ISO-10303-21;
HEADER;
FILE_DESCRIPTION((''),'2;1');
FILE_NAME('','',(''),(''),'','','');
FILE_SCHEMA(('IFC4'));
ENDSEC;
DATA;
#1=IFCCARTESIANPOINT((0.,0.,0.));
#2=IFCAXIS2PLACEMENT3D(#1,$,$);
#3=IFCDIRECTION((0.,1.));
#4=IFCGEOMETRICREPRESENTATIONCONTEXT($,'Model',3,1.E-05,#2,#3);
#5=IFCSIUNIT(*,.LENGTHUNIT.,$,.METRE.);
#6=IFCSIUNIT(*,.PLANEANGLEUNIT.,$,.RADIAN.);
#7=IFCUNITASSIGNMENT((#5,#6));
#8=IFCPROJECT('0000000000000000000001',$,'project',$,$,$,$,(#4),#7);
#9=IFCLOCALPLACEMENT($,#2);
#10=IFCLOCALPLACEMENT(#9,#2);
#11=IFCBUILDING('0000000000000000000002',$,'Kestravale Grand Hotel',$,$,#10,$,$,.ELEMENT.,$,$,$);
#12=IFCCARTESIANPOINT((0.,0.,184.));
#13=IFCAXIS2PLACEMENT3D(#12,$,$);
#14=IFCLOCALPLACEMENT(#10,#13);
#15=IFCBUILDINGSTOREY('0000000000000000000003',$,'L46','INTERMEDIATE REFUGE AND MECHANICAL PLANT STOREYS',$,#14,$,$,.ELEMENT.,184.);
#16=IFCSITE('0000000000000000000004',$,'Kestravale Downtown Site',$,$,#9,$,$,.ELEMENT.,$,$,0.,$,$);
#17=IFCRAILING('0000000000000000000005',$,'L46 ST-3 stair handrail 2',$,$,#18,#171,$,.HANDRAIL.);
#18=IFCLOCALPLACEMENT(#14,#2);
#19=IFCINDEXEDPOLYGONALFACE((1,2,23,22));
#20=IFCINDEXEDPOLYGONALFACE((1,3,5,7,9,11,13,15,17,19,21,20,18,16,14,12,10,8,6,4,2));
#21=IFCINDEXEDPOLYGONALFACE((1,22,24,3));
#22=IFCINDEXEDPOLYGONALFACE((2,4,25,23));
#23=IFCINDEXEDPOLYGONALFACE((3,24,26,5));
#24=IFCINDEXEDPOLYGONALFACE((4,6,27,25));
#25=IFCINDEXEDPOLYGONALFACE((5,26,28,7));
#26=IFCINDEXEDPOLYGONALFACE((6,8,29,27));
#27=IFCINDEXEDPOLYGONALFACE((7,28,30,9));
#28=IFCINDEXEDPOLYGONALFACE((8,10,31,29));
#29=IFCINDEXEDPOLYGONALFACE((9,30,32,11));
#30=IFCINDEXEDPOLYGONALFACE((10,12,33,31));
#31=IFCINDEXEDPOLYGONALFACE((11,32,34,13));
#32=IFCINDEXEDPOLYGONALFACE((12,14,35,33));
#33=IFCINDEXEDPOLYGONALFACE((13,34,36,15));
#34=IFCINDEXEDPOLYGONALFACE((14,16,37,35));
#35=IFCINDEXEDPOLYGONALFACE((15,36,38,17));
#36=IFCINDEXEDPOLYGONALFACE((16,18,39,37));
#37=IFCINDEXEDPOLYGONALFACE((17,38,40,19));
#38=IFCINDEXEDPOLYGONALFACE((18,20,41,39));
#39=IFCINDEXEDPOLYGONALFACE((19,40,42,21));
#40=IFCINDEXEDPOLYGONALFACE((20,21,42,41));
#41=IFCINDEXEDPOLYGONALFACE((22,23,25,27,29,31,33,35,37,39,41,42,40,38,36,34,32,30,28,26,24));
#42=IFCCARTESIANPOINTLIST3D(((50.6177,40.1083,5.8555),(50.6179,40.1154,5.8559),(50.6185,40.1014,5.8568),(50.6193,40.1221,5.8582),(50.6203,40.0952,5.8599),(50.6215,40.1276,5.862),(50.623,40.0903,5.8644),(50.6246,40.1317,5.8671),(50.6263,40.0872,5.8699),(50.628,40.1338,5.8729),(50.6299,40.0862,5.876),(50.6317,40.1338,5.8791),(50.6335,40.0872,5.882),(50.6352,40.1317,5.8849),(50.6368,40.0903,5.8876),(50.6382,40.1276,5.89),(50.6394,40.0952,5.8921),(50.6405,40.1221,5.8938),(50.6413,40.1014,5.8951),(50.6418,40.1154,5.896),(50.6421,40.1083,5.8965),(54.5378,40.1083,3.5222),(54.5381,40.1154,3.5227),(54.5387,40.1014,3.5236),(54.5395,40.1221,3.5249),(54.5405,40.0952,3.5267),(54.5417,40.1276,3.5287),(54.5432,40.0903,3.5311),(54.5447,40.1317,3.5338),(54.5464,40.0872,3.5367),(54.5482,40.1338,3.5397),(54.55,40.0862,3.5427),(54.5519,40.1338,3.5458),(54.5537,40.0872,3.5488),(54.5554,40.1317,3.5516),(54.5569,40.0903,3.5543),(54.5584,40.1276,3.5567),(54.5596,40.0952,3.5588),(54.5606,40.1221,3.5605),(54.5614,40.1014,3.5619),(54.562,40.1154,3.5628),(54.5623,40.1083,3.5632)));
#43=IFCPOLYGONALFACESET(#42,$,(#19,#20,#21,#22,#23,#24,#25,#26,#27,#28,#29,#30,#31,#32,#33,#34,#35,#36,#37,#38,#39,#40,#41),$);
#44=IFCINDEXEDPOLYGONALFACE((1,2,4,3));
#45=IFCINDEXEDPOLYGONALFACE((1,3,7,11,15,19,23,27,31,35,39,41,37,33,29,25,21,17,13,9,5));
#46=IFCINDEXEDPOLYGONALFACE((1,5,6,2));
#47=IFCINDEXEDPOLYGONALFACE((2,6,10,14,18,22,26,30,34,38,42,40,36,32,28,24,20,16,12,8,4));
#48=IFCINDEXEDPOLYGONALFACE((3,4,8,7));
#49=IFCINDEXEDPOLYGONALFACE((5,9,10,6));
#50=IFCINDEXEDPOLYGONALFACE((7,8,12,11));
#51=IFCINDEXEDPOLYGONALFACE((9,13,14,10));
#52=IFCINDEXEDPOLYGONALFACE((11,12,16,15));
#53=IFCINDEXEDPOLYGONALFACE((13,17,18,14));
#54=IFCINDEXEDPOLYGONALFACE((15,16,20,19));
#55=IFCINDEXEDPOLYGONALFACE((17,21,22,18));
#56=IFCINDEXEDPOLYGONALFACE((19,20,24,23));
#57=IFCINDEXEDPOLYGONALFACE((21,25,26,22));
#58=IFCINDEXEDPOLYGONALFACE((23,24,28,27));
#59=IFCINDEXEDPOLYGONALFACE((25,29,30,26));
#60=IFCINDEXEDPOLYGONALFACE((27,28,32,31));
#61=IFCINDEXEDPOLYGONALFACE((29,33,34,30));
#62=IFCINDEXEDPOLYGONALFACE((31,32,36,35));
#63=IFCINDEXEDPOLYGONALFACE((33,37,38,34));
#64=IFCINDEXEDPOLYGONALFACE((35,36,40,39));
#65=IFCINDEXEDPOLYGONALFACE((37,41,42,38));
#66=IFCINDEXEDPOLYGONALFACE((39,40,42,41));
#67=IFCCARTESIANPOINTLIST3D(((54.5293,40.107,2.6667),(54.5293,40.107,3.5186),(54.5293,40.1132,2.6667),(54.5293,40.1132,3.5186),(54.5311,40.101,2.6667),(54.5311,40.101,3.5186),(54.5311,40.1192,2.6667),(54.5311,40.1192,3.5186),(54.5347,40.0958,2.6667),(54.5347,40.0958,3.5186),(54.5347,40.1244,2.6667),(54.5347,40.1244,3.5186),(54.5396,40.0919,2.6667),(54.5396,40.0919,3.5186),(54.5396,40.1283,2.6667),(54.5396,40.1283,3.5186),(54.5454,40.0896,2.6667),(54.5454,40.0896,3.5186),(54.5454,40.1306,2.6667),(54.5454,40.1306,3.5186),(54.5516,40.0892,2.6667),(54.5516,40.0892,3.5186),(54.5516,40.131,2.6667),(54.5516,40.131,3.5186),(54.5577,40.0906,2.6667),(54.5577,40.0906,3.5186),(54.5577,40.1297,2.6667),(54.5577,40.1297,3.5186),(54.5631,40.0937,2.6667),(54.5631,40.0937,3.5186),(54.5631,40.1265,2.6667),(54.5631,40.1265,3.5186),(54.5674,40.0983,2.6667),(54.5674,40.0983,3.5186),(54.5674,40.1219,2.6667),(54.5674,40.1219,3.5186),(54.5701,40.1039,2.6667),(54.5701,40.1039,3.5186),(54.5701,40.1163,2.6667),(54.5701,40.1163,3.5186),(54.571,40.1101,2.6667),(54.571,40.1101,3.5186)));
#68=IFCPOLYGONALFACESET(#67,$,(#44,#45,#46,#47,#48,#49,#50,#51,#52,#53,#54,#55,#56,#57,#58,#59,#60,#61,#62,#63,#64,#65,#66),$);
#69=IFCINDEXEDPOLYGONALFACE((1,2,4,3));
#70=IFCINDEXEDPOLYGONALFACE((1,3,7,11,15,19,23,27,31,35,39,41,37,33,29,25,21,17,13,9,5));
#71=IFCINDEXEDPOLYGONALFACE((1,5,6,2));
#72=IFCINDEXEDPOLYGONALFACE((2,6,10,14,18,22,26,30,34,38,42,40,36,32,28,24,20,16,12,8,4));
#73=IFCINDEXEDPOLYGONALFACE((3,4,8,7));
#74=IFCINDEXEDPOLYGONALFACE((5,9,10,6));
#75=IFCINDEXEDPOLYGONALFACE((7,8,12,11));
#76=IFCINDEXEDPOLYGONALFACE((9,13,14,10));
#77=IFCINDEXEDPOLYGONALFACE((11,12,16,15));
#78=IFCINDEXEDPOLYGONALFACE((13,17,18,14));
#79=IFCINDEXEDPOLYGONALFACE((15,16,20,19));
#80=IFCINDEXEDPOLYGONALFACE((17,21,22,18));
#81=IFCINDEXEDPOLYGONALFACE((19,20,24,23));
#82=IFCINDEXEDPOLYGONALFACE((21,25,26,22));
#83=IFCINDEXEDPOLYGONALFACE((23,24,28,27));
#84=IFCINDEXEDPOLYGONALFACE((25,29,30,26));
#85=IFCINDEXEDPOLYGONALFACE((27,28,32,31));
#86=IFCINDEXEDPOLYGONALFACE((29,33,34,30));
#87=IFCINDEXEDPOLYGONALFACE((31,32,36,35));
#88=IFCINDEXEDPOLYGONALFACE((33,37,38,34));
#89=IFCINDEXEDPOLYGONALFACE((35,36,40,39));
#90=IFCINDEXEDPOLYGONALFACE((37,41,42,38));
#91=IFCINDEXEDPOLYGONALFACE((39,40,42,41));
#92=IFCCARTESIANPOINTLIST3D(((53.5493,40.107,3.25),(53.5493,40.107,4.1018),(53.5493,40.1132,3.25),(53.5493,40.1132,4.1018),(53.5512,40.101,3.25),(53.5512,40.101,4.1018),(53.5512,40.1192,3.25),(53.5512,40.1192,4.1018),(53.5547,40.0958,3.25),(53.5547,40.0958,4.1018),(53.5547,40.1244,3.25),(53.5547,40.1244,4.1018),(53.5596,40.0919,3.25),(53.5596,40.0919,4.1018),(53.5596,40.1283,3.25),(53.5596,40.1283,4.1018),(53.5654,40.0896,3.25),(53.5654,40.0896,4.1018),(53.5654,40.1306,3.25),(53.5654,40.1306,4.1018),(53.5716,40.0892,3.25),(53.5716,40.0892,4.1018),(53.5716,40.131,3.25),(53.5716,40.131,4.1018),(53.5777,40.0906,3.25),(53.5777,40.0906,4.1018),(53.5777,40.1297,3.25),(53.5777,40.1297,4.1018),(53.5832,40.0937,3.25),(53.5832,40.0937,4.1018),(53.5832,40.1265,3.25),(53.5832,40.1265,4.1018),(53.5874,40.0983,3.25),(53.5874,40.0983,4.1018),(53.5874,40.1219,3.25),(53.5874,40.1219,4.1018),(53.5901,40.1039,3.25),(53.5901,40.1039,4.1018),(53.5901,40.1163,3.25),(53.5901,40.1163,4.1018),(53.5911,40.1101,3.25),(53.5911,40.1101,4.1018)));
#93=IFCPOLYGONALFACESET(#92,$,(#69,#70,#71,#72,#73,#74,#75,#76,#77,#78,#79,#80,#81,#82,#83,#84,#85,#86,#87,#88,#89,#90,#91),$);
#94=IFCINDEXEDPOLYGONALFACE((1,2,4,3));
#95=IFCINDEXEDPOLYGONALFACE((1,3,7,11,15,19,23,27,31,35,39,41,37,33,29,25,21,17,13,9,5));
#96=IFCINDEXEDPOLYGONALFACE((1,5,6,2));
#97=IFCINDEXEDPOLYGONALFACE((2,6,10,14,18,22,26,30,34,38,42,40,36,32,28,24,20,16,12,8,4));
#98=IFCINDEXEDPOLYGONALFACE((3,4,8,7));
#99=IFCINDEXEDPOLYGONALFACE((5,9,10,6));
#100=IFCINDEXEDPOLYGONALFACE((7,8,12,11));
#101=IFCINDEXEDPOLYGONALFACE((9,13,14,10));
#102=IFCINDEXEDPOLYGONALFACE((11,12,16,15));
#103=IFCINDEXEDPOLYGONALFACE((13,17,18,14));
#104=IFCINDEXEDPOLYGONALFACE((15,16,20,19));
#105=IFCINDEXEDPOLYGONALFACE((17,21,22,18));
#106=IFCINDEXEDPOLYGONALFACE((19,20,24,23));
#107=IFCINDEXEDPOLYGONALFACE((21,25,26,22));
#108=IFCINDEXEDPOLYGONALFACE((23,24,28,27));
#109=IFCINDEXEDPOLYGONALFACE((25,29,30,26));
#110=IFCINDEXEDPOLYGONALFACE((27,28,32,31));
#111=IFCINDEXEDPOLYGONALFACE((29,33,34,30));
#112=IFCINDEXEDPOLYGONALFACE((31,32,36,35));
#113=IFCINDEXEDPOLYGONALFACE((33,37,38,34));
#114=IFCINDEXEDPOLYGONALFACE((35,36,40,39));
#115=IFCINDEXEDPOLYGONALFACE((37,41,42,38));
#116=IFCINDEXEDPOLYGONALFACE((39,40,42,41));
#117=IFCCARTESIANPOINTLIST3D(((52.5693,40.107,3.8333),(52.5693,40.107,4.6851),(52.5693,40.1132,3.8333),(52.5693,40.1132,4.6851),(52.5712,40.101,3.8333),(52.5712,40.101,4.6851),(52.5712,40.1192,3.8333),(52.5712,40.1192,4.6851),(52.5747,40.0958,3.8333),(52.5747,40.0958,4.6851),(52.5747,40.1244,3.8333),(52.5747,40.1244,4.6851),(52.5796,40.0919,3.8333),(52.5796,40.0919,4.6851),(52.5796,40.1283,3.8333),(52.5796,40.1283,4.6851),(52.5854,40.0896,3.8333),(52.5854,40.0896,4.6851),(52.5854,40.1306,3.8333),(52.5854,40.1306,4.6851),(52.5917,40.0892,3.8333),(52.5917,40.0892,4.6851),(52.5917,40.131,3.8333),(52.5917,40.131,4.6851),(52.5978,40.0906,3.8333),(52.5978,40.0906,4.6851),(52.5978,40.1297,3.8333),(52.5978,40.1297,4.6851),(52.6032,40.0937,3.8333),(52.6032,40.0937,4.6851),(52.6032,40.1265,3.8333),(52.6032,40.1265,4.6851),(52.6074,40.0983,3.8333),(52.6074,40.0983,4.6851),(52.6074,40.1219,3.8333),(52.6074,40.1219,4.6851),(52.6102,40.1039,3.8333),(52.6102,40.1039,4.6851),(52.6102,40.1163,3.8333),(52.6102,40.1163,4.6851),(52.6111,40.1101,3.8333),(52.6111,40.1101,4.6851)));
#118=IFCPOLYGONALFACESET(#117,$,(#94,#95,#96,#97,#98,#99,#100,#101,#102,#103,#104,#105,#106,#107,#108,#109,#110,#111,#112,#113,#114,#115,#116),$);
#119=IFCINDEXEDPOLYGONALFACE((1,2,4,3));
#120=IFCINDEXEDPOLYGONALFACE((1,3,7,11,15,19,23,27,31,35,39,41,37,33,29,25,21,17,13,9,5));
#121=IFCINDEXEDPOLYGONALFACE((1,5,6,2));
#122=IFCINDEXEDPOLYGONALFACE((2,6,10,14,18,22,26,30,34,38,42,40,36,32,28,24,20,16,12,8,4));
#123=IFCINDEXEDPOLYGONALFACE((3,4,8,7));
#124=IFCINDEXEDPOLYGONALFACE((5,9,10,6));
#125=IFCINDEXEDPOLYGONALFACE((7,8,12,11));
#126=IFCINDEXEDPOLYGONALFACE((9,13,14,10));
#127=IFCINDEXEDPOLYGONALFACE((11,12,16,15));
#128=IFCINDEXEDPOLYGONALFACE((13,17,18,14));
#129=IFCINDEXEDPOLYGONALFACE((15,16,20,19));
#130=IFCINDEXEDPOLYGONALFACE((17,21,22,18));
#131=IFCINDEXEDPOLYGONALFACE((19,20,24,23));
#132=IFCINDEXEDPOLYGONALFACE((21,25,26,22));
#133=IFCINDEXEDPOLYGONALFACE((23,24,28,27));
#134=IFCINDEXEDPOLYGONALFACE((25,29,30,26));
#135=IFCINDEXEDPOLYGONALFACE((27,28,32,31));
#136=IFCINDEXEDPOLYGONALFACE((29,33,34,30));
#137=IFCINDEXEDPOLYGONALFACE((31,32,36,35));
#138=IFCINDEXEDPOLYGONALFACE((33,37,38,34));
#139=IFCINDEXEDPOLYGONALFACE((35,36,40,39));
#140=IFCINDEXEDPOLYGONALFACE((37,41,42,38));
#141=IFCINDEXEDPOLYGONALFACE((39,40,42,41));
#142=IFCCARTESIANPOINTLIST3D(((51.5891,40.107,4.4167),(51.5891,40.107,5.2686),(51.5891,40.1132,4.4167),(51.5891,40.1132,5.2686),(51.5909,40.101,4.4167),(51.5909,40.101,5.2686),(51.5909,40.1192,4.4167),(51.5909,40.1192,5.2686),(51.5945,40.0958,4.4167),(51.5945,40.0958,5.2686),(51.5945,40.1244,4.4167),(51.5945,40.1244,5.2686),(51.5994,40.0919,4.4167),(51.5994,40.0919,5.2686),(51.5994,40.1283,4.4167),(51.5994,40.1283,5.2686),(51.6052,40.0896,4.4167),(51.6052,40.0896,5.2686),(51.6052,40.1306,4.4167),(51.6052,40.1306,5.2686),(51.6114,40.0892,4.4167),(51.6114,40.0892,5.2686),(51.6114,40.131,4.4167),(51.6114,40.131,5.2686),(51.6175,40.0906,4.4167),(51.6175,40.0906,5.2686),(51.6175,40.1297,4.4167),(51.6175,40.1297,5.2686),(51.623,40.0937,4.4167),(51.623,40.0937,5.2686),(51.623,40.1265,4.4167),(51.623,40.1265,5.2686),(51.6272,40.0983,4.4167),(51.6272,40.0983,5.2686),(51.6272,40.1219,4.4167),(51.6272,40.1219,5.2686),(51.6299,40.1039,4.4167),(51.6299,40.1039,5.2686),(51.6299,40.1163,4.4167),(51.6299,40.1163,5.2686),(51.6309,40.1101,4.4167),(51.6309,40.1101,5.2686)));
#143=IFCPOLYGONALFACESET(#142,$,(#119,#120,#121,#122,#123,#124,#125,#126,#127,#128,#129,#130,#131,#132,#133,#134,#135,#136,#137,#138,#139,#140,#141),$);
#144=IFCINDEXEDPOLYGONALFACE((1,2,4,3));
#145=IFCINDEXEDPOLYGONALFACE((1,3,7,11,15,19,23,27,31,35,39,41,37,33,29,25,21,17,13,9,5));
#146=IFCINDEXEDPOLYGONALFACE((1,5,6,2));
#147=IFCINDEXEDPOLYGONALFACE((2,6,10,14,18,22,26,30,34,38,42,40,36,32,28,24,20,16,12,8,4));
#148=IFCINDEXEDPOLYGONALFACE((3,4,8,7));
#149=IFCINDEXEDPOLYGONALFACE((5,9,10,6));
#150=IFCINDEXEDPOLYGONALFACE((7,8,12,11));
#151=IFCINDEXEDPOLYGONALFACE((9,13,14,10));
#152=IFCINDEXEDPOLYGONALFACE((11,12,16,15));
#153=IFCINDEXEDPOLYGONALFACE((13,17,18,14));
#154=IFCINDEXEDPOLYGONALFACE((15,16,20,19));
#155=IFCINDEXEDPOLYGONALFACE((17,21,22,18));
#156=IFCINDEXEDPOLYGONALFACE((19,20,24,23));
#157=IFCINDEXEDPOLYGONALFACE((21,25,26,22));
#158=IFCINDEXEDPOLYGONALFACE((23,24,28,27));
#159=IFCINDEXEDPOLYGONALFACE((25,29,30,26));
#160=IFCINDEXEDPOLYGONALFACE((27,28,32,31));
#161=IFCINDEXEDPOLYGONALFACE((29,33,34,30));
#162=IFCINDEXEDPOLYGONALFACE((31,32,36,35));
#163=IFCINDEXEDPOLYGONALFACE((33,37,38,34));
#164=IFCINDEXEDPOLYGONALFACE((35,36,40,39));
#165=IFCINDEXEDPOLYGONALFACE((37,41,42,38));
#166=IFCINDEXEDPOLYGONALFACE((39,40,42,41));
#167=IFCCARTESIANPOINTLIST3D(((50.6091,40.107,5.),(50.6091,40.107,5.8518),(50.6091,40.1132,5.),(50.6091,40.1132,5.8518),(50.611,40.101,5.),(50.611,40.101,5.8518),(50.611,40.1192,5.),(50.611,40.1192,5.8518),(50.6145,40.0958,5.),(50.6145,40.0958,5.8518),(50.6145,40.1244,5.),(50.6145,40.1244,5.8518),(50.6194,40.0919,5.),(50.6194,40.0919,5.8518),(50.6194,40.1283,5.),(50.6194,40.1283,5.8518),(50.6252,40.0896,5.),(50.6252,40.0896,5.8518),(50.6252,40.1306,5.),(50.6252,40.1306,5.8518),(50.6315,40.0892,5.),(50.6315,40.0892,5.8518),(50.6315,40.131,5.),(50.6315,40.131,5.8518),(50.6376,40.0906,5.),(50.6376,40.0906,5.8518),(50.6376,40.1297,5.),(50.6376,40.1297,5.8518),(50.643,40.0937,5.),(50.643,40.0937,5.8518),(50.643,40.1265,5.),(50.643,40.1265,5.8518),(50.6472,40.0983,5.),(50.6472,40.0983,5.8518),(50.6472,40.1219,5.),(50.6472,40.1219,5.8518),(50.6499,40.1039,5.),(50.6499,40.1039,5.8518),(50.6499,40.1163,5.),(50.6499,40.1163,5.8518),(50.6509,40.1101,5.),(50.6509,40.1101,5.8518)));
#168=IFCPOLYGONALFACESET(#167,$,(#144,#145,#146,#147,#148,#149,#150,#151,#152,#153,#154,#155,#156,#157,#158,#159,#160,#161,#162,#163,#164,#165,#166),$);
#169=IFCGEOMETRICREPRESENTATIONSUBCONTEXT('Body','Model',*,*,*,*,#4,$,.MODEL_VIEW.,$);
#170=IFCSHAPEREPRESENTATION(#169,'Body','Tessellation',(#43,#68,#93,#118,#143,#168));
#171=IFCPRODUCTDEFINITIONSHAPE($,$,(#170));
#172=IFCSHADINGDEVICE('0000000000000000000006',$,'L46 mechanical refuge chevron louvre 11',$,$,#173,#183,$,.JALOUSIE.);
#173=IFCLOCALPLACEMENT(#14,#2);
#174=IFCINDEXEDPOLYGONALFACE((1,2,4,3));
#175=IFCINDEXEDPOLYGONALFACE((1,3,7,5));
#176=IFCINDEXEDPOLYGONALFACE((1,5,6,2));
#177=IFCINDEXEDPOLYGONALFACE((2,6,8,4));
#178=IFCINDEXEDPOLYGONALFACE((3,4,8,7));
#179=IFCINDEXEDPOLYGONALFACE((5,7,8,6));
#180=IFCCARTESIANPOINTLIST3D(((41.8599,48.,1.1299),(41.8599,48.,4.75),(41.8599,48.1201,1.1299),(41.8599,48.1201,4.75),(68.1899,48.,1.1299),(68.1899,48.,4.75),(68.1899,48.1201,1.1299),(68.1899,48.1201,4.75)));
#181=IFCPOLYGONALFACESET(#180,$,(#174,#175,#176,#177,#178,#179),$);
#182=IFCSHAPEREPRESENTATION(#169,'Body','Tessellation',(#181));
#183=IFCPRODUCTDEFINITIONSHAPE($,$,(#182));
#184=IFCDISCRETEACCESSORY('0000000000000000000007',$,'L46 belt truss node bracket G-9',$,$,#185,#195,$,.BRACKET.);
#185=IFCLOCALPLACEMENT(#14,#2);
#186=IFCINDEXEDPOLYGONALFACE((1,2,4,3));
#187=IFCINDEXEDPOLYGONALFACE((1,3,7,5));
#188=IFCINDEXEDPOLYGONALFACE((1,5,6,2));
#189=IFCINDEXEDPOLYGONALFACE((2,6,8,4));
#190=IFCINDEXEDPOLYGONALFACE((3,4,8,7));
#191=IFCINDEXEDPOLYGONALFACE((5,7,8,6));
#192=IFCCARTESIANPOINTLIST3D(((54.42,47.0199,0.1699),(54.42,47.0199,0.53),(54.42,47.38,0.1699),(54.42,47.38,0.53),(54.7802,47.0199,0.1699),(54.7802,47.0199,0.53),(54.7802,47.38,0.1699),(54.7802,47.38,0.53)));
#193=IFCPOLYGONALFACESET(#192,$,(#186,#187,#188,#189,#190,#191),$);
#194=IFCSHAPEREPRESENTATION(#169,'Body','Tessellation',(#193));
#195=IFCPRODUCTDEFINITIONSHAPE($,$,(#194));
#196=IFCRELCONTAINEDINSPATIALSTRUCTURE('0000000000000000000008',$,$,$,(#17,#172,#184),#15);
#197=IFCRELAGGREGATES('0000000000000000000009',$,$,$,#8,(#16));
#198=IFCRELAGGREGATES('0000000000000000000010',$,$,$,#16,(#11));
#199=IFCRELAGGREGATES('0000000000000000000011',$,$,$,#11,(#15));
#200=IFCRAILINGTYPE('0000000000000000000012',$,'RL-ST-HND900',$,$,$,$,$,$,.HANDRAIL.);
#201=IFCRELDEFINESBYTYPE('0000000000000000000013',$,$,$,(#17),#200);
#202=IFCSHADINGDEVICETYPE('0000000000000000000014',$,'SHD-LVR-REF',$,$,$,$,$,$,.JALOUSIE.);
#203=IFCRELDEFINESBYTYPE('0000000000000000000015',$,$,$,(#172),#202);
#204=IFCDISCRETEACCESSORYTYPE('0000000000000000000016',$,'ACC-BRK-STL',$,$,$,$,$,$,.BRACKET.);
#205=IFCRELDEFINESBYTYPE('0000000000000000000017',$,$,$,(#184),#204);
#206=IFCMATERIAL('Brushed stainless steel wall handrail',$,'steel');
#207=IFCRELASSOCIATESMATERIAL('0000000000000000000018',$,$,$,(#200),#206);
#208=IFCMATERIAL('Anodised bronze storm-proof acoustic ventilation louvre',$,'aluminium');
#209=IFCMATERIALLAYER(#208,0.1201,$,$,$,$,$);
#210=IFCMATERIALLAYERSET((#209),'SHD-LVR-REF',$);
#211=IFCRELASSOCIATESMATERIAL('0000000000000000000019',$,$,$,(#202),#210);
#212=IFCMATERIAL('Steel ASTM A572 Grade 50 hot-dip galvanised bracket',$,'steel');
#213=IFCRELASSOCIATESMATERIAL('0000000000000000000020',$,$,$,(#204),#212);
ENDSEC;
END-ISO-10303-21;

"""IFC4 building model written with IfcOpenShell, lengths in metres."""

from ifc_helpers import new_model, si_unit, direction, frame, origin, origin_2d, place, context, subcontext, project, spatial, rectangle, circle, extrude, material, layer, layer_set, type_object, element, save


model = new_model("IFC4")

# Units and contexts
model_context = context("Model", 3, precision=1e-05, world=origin(), true_north=direction((0.0, 1.0)))
body_context = subcontext(model_context, "Body", "Model", "MODEL_VIEW")
ifc_project = project(units=[si_unit("LENGTHUNIT", "METRE"), si_unit("PLANEANGLEUNIT", "RADIAN")], contexts=[model_context])

# Site, building, storey
site_placement = place(None, origin())
site = spatial("IfcSite", under=ifc_project, at=site_placement, Name="Kestravale Downtown Site", CompositionType="ELEMENT", RefElevation=0.0)
building_placement = place(site_placement, origin())
building = spatial("IfcBuilding", under=site, at=building_placement, Name="Kestravale Grand Hotel", CompositionType="ELEMENT")
storey_placement = place(building_placement, frame((0.0, 0.0, 184.0)))
storey = spatial("IfcBuildingStorey", under=building, at=storey_placement, Name="L46", Description="INTERMEDIATE REFUGE AND MECHANICAL PLANT STOREYS", CompositionType="ELEMENT", Elevation=184.0)

# Railing
ifc_material_1 = material(Name="Brushed stainless steel wall handrail", Category="steel")
railing_type_1 = type_object("IfcRailingType", Name="RL-ST-HND900", PredefinedType="HANDRAIL", material=ifc_material_1)
railing_1_placement = place(storey_placement, frame((54.55, 40.1101, 2.6667)))
element("IfcRailing", 1, at=railing_1_placement, inside=storey, type_object=railing_type_1, Name="L46 ST-3 stair handrail 2", PredefinedType="HANDRAIL", context=body_context, shape_type="SweptSolid", body=[
    extrude(circle(Radius=0.0239, at=origin_2d()), frame((0.0, 0.0, 0.876), z_axis=(-0.85931, 0.0, 0.511455), x_axis=(0.0, -1.0, 0.0)), (0.0, 0.0, 1.0), 4.562),
    extrude(circle(Radius=0.021, at=origin_2d()), origin(), (0.0, 0.0, 1.0), 0.8518),
    extrude(circle(Radius=0.021, at=origin_2d()), frame((-0.98, 0.0, 0.5833)), (0.0, 0.0, 1.0), 0.8518),
    extrude(circle(Radius=0.021, at=origin_2d()), frame((-1.96, 0.0, 1.1665)), (0.0, 0.0, 1.0), 0.8518),
    extrude(circle(Radius=0.021, at=origin_2d()), frame((-2.9402, 0.0, 1.75)), (0.0, 0.0, 1.0), 0.8518),
    extrude(circle(Radius=0.021, at=origin_2d()), frame((-3.9202, 0.0, 2.3333)), (0.0, 0.0, 1.0), 0.8518),
])

# Shading device
ifc_material_2 = material(Name="Anodised bronze storm-proof acoustic ventilation louvre", Category="aluminium")
ifc_layer_1 = layer(ifc_material_2, 0.1201)
ifc_layer_set_1 = layer_set([ifc_layer_1], Name="SHD-LVR-REF")
shading_device_type = type_object("IfcShadingDeviceType", Name="SHD-LVR-REF", PredefinedType="JALOUSIE", material=ifc_layer_set_1)
shading_device_placement = place(storey_placement, frame((55.0249, 48.0601, 1.1299), z_axis=(0.0, 0.0, 1.0), x_axis=(-1.0, 0.0, 0.0)))
element("IfcShadingDevice", 2, at=shading_device_placement, inside=storey, type_object=shading_device_type, Name="L46 mechanical refuge chevron louvre 11", PredefinedType="JALOUSIE", context=body_context, shape_type="SweptSolid", body=[
    extrude(rectangle(XDim=26.3301, YDim=0.1201, at=origin_2d()), origin(), (0.0, 0.0, 1.0), 3.6201),
])

# Discrete accessory
ifc_material_3 = material(Name="Steel ASTM A572 Grade 50 hot-dip galvanised bracket", Category="steel")
discrete_accessory_type = type_object("IfcDiscreteAccessoryType", Name="ACC-BRK-STL", PredefinedType="BRACKET", material=ifc_material_3)
discrete_accessory_placement = place(storey_placement, frame((54.6001, 47.2, 0.1699), z_axis=(0.0, 0.0, 1.0), x_axis=(1.0, 0.0, 0.0)))
element("IfcDiscreteAccessory", 3, at=discrete_accessory_placement, inside=storey, type_object=discrete_accessory_type, Name="L46 belt truss node bracket G-9", PredefinedType="BRACKET", context=body_context, shape_type="SweptSolid", body=[
    extrude(rectangle(XDim=0.3601, YDim=0.3601, at=origin_2d()), origin(), (0.0, 0.0, 1.0), 0.3601),
])

save(model, "model.ifc")
